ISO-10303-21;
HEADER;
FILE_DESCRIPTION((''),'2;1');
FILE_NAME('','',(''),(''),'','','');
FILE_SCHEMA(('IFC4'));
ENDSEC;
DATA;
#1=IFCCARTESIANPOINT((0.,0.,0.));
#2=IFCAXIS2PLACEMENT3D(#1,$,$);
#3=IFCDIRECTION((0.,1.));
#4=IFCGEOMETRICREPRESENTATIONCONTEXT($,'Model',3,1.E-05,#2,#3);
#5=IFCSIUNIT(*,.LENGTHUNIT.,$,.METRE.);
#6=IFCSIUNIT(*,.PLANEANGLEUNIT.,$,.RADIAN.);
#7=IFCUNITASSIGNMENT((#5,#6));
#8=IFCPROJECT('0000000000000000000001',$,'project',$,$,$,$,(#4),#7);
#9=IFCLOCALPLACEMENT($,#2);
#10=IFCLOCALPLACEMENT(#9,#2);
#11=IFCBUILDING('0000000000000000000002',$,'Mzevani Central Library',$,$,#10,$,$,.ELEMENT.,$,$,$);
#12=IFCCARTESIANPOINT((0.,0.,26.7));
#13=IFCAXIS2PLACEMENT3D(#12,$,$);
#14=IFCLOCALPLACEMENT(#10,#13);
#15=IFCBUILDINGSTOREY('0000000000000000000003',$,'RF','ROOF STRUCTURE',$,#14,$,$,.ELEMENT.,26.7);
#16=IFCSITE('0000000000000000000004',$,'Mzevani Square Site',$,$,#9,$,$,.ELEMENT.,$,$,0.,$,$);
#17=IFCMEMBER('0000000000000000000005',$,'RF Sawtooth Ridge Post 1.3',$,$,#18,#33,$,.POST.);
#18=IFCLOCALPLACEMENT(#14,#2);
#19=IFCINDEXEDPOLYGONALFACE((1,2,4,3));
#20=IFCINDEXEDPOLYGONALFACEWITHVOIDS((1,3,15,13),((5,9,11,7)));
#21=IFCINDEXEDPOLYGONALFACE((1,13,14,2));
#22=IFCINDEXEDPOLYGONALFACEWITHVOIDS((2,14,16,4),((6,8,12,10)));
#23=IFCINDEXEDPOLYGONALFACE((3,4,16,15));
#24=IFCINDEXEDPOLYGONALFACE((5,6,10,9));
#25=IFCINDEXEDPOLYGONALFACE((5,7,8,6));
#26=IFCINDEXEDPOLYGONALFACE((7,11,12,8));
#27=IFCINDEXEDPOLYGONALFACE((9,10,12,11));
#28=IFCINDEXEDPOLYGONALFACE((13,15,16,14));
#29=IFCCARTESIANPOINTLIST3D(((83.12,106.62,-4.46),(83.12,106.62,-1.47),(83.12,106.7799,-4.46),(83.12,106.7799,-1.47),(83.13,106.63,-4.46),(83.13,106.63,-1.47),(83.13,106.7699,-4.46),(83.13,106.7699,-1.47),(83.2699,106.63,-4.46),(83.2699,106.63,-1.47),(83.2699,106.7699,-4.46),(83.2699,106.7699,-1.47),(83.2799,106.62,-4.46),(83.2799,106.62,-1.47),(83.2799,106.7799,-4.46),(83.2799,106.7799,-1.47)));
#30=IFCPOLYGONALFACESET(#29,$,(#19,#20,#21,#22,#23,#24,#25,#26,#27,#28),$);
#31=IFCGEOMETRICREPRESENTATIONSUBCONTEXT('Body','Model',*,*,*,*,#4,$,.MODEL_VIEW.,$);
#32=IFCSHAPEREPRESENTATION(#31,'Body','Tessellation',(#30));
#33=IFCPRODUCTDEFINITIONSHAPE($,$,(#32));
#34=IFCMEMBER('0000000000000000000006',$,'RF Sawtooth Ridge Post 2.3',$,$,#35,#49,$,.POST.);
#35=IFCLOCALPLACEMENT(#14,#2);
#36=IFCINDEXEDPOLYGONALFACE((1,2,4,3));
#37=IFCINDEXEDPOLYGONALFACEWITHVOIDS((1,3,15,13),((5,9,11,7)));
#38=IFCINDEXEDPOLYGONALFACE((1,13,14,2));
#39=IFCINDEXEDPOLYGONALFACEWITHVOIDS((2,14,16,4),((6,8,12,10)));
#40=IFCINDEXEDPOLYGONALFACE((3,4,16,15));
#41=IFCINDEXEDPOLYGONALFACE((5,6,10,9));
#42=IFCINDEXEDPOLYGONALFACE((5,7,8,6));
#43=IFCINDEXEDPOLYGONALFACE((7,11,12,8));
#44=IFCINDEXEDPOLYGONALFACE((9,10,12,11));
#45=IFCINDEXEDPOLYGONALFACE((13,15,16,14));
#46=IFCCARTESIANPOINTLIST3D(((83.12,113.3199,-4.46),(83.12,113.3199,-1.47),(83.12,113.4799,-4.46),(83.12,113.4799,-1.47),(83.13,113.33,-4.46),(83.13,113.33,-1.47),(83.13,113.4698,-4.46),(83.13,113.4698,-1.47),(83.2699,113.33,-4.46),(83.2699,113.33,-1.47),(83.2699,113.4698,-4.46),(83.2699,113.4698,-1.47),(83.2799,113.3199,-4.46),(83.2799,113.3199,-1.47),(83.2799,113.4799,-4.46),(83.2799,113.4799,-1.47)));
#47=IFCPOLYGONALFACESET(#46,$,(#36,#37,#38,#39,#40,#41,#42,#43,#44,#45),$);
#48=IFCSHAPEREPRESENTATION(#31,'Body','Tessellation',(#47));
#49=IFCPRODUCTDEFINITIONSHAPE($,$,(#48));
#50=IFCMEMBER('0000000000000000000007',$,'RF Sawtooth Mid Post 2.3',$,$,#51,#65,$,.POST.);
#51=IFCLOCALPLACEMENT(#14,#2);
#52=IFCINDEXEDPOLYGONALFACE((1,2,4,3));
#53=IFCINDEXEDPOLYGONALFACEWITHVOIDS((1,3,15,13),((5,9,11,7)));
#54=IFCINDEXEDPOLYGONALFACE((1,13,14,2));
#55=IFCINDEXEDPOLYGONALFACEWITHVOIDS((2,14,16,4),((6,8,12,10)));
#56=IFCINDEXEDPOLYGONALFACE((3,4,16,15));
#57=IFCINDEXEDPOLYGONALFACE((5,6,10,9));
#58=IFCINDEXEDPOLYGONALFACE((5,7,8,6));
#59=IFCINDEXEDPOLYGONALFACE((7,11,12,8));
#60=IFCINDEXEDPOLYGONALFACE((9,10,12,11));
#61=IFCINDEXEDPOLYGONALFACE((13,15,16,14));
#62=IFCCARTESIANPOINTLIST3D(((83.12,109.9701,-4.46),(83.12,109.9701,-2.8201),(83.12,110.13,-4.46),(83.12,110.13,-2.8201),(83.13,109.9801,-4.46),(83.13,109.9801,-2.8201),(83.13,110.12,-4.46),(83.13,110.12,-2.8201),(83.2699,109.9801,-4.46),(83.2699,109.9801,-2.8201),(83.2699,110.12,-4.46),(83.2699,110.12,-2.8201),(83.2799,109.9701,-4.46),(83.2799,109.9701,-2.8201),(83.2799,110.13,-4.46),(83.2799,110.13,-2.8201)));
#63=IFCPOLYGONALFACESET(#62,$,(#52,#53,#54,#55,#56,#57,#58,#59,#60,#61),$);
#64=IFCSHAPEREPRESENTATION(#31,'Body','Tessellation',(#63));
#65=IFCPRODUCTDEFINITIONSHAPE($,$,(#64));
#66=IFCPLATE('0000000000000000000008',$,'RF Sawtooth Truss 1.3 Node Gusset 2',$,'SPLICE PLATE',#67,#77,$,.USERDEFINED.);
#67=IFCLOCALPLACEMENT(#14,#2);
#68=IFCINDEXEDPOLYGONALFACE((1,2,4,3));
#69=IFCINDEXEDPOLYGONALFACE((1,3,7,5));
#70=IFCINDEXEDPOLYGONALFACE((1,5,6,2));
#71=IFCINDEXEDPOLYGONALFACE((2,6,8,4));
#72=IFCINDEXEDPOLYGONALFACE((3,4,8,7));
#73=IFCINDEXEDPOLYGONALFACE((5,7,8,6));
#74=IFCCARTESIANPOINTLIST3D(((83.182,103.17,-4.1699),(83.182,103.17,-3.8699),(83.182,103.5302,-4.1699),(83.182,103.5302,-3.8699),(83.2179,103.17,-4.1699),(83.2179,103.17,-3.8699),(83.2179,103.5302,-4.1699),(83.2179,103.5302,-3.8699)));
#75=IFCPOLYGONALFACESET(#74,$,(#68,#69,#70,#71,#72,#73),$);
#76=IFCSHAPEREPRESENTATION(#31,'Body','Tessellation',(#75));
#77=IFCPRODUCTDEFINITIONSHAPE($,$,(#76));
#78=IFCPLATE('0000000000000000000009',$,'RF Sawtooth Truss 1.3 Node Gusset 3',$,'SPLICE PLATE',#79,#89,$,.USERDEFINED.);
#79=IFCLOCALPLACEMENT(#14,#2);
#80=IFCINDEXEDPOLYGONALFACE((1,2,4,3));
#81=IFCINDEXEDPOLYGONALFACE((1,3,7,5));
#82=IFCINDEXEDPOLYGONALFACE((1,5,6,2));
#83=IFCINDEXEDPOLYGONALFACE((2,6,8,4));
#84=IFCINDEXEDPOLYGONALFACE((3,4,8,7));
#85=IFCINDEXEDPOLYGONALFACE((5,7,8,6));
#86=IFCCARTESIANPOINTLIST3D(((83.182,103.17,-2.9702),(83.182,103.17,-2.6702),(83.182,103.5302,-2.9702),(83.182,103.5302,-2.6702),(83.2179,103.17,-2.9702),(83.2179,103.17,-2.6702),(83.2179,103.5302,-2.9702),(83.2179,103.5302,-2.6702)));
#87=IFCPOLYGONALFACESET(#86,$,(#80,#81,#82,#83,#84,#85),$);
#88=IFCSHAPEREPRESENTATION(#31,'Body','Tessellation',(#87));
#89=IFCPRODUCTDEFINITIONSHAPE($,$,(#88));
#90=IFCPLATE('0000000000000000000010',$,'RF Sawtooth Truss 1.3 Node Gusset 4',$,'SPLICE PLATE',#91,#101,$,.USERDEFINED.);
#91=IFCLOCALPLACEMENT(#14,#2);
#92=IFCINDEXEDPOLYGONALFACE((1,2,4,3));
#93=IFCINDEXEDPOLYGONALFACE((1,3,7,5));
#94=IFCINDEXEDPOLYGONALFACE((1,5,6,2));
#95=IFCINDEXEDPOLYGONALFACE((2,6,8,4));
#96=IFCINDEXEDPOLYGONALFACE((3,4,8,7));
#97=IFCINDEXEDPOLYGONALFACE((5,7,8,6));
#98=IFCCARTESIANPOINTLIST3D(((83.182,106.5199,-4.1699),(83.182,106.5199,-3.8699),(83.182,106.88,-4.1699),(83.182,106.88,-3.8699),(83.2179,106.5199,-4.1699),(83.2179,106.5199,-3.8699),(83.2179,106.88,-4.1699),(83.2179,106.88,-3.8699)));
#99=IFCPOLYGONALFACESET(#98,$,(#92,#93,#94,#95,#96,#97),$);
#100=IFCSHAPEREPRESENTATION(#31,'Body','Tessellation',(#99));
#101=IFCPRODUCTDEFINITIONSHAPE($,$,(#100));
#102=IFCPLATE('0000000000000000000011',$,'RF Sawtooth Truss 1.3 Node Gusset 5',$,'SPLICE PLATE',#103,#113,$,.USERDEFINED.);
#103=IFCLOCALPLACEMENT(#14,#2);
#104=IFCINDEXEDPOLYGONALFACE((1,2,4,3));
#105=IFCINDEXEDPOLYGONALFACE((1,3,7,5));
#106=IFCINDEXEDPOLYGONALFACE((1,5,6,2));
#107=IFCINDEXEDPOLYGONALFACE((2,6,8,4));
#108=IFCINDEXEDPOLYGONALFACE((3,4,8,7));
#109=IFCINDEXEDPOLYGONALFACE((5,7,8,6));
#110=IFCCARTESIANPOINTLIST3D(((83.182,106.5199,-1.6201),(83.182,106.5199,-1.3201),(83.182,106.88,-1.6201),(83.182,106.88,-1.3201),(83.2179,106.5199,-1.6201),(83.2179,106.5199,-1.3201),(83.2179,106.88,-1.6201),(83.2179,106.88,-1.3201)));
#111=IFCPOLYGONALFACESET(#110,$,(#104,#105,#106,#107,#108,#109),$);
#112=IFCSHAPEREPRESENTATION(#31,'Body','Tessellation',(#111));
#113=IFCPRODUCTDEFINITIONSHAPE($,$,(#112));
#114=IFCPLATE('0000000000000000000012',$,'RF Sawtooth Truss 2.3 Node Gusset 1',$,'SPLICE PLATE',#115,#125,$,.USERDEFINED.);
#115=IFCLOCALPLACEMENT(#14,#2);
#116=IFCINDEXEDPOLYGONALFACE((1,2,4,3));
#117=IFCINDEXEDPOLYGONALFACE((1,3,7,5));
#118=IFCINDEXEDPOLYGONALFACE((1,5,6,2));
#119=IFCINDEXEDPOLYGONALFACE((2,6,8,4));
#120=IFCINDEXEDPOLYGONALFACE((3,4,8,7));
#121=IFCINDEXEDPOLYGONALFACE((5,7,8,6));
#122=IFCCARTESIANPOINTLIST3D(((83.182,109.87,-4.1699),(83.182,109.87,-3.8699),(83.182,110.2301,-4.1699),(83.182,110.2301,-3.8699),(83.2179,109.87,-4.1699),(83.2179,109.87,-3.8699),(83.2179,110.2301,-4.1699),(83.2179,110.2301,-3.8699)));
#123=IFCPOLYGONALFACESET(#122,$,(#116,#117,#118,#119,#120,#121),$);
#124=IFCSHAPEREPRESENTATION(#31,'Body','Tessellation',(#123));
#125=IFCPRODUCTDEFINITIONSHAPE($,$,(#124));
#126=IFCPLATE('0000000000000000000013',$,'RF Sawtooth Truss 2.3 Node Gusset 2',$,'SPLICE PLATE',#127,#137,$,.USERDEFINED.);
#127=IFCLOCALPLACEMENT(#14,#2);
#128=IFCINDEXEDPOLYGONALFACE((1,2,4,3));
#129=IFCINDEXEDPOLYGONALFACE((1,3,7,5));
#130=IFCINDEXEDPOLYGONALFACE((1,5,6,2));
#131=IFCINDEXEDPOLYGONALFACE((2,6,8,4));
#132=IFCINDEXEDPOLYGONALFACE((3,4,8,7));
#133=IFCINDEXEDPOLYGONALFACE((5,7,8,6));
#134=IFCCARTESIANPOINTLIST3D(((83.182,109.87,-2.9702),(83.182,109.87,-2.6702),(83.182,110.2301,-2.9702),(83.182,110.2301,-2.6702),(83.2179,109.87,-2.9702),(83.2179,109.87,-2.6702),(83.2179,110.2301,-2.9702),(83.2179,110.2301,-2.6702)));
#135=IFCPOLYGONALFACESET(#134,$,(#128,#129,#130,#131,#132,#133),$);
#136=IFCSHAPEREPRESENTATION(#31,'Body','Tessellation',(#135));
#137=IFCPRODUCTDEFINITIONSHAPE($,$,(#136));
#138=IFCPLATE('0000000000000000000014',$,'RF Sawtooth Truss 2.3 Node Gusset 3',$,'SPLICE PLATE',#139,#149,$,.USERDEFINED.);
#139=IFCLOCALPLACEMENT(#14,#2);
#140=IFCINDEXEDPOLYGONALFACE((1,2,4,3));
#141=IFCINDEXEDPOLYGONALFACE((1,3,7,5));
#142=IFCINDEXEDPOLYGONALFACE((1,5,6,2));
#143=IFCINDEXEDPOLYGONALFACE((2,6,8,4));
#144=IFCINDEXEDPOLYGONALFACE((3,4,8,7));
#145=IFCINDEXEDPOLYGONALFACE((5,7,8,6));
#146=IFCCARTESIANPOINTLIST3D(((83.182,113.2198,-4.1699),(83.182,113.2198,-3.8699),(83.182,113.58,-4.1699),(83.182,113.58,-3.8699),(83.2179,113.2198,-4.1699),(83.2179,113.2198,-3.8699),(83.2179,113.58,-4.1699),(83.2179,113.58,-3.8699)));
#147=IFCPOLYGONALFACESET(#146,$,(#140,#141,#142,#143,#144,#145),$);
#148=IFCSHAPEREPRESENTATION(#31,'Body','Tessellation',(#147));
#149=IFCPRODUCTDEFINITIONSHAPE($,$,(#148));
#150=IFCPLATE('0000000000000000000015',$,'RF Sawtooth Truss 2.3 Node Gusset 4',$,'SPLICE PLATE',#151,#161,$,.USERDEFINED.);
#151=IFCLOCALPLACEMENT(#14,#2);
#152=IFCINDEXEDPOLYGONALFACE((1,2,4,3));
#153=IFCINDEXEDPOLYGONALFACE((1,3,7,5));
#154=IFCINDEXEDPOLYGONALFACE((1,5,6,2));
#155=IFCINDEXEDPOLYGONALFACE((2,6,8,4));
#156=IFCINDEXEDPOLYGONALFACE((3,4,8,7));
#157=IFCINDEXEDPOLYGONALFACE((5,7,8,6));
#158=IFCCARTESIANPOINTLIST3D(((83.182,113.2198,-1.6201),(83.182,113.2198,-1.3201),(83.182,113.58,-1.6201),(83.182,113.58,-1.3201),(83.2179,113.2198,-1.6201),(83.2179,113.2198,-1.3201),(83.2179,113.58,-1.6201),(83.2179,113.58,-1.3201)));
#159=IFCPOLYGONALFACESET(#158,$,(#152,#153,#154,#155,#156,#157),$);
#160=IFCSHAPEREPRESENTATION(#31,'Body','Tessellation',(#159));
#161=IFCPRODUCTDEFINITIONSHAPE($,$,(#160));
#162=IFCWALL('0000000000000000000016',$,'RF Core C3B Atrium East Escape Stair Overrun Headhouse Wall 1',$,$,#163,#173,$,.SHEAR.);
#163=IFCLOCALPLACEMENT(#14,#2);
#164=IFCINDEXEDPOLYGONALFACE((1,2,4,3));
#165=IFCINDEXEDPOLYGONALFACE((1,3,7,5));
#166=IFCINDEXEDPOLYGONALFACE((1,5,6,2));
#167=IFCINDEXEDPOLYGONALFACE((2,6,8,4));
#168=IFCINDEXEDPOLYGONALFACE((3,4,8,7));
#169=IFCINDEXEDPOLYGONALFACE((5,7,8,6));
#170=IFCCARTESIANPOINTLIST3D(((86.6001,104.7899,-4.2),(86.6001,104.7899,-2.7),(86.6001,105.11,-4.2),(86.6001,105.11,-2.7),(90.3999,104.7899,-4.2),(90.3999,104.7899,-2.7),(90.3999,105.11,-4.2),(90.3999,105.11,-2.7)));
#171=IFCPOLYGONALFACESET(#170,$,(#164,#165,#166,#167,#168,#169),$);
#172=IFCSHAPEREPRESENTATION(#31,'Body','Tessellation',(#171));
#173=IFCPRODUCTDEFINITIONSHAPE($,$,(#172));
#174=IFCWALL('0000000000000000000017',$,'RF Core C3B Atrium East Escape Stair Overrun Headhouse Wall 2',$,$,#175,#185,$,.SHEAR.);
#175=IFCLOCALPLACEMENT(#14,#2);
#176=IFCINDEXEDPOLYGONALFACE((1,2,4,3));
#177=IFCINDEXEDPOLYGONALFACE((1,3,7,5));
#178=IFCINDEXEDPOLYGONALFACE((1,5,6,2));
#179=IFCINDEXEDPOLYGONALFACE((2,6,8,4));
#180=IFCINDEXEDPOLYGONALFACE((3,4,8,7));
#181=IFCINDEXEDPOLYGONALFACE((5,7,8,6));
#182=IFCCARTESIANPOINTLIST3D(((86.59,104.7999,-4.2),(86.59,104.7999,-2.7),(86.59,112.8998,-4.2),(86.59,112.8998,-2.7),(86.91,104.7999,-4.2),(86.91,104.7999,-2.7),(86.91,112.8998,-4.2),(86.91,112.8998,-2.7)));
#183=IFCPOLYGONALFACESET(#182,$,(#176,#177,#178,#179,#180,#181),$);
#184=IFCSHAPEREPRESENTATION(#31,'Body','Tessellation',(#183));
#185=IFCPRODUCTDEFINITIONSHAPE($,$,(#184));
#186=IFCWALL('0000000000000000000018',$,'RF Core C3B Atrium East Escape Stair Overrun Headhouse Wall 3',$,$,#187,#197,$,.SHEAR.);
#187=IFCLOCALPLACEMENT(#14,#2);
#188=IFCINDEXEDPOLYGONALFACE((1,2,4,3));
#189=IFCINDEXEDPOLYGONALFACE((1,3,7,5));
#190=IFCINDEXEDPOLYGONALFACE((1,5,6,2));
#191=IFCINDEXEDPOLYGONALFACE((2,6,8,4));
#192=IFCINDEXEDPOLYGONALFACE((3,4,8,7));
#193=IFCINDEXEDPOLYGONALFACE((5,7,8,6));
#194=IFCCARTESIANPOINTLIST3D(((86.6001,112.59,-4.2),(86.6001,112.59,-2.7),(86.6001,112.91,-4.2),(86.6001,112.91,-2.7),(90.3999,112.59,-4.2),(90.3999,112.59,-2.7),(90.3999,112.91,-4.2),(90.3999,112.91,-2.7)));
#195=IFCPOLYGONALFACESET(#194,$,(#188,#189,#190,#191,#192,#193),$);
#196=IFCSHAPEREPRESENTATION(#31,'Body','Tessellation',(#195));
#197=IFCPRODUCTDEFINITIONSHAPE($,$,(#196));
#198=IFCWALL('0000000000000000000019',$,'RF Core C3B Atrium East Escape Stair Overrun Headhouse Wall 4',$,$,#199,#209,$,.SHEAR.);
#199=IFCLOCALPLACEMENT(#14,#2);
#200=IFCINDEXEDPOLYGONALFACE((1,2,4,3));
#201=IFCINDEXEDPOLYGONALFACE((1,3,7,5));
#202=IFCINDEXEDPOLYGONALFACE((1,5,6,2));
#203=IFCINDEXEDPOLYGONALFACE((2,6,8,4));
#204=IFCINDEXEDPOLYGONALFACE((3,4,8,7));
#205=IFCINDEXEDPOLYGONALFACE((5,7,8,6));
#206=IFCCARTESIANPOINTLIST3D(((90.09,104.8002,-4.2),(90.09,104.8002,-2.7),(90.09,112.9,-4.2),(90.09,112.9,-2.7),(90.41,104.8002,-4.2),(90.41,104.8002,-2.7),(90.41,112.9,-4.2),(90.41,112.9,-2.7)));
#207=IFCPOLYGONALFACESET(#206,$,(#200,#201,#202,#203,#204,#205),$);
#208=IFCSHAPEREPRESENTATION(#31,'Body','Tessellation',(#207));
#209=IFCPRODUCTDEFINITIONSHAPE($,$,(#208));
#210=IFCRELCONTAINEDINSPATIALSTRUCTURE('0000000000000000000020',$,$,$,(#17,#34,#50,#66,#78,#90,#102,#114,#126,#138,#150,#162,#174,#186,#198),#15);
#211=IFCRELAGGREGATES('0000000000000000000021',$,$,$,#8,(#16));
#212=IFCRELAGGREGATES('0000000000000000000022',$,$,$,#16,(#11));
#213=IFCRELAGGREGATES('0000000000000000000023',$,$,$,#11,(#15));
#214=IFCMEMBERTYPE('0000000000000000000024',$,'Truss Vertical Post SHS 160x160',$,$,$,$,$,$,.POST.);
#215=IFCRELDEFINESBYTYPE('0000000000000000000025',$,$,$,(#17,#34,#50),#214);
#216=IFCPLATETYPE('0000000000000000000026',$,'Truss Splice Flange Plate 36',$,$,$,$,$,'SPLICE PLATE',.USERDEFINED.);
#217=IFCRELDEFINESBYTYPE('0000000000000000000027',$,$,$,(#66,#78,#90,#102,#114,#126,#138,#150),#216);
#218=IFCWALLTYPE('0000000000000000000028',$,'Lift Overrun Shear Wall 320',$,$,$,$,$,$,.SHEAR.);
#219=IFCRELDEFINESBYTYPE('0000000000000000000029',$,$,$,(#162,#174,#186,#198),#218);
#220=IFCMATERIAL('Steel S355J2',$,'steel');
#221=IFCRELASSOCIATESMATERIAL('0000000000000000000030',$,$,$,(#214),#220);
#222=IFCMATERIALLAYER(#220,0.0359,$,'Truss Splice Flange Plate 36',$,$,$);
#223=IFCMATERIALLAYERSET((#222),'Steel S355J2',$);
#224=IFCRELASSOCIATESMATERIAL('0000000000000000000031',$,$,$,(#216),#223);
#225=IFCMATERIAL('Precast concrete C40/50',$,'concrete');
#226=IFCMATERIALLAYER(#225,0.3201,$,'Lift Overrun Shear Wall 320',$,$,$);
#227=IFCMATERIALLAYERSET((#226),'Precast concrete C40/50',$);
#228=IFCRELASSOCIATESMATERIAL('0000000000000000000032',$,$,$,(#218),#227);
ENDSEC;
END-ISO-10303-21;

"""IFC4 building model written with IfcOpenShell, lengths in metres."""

from ifc_helpers import new_model, si_unit, direction, frame, frame_2d, origin, origin_2d, place, context, subcontext, project, spatial, rectangle, hollow_rectangle, extrude, material, layer, layer_set, material_profile, profile_set, type_object, element, save


model = new_model("IFC4")

# Units and contexts
model_context = context("Model", 3, precision=1e-05, world=origin(), true_north=direction((0.0, 1.0)))
body_context = subcontext(model_context, "Body", "Model", "MODEL_VIEW")
ifc_project = project(units=[si_unit("LENGTHUNIT", "METRE"), si_unit("PLANEANGLEUNIT", "RADIAN")], contexts=[model_context])

# Site, building, storey
site_placement = place(None, origin())
site = spatial("IfcSite", under=ifc_project, at=site_placement, Name="Mzevani Square Site", CompositionType="ELEMENT", RefElevation=0.0)
building_placement = place(site_placement, origin())
building = spatial("IfcBuilding", under=site, at=building_placement, Name="Mzevani Central Library", CompositionType="ELEMENT")
storey_placement = place(building_placement, frame((0.0, 0.0, 26.7)))
storey = spatial("IfcBuildingStorey", under=building, at=storey_placement, Name="RF", Description="ROOF STRUCTURE", CompositionType="ELEMENT", Elevation=26.7)

# Shared definitions
ifc_material_1 = material(Name="Precast concrete C40/50", Category="concrete")

# Members
ifc_material_2 = material(Name="Steel S355J2", Category="steel")
ifc_material_profile_1 = material_profile(ifc_material_2, hollow_rectangle(XDim=0.1599, YDim=0.1599, WallThickness=0.01, at=origin_2d()), Name="SHS 160x160x10.0")
ifc_profile_set_1 = profile_set([ifc_material_profile_1], Name="Steel S355J2")
member_type_1 = type_object("IfcMemberType", Name="Truss Vertical Post SHS 160x160", PredefinedType="POST", material=ifc_profile_set_1)
for number, where, z_axis, x_axis, name in (
    (1, (83.2, 106.7, -4.46), (0.0, 0.0, 1.0), (1.0, 0.0, 0.0), "RF Sawtooth Ridge Post 1.3"),
    (2, (83.2, 113.3999, -4.46), (0.0, 0.0, 1.0), (1.0, 0.0, 0.0), "RF Sawtooth Ridge Post 2.3"),
):
    element("IfcMember", number, at=place(storey_placement, frame(where, z_axis=z_axis, x_axis=x_axis)), inside=storey, type_object=member_type_1, Name=name, PredefinedType="POST", context=body_context, shape_type="SweptSolid", body=[
        extrude(hollow_rectangle(XDim=0.1599, YDim=0.1599, WallThickness=0.01, at=origin_2d()), origin(), (0.0, 0.0, 1.0), 2.99),
    ])
member_1_placement = place(storey_placement, frame((83.2, 110.05, -4.46), z_axis=(0.0, 0.0, 1.0), x_axis=(1.0, 0.0, 0.0)))
element("IfcMember", 3, at=member_1_placement, inside=storey, type_object=member_type_1, Name="RF Sawtooth Mid Post 2.3", PredefinedType="POST", context=body_context, shape_type="SweptSolid", body=[
    extrude(hollow_rectangle(XDim=0.1599, YDim=0.1599, WallThickness=0.01, at=origin_2d()), origin(), (0.0, 0.0, 1.0), 1.6399),
])

# Plates
ifc_layer_1 = layer(ifc_material_2, 0.0359, Name="Truss Splice Flange Plate 36")
ifc_layer_set_1 = layer_set([ifc_layer_1], Name="Steel S355J2")
plate_type = type_object("IfcPlateType", Name="Truss Splice Flange Plate 36", ElementType="SPLICE PLATE", PredefinedType="USERDEFINED", material=ifc_layer_set_1)
for number, where, z_axis, x_axis, name in (
    (4, (83.2, 103.3501, -4.1699), (0.0, 0.0, 1.0), (1.0, 0.0, 0.0), "RF Sawtooth Truss 1.3 Node Gusset 2"),
    (5, (83.2, 103.3501, -2.9702), (0.0, 0.0, 1.0), (1.0, 0.0, 0.0), "RF Sawtooth Truss 1.3 Node Gusset 3"),
    (6, (83.2, 106.7, -4.1699), (0.0, 0.0, 1.0), (1.0, 0.0, 0.0), "RF Sawtooth Truss 1.3 Node Gusset 4"),
    (7, (83.2, 106.7, -1.6201), (0.0, 0.0, 1.0), (1.0, 0.0, 0.0), "RF Sawtooth Truss 1.3 Node Gusset 5"),
    (8, (83.2, 110.05, -4.1699), (0.0, 0.0, 1.0), (1.0, 0.0, 0.0), "RF Sawtooth Truss 2.3 Node Gusset 1"),
    (9, (83.2, 110.05, -2.9702), (0.0, 0.0, 1.0), (1.0, 0.0, 0.0), "RF Sawtooth Truss 2.3 Node Gusset 2"),
    (10, (83.2, 113.3999, -4.1699), (0.0, 0.0, 1.0), (1.0, 0.0, 0.0), "RF Sawtooth Truss 2.3 Node Gusset 3"),
    (11, (83.2, 113.3999, -1.6201), (0.0, 0.0, 1.0), (1.0, 0.0, 0.0), "RF Sawtooth Truss 2.3 Node Gusset 4"),
):
    element("IfcPlate", number, at=place(storey_placement, frame(where, z_axis=z_axis, x_axis=x_axis)), inside=storey, type_object=plate_type, Name=name, ObjectType="SPLICE PLATE", PredefinedType="USERDEFINED", context=body_context, shape_type="SweptSolid", body=[
        extrude(rectangle(XDim=0.0359, YDim=0.3601, at=origin_2d()), origin(), (0.0, 0.0, 1.0), 0.3),
    ])

# Walls
ifc_layer_2 = layer(ifc_material_1, 0.3201, Name="Lift Overrun Shear Wall 320")
ifc_layer_set_2 = layer_set([ifc_layer_2], Name="Precast concrete C40/50")
wall_type_1 = type_object("IfcWallType", Name="Lift Overrun Shear Wall 320", PredefinedType="SHEAR", material=ifc_layer_set_2)
wall_1_placement = place(storey_placement, frame((90.3999, 104.95, -4.2), z_axis=(0.0, 0.0, 1.0), x_axis=(-1.0, 0.0, 0.0)))
element("IfcWall", 12, at=wall_1_placement, inside=storey, type_object=wall_type_1, Name="RF Core C3B Atrium East Escape Stair Overrun Headhouse Wall 1", PredefinedType="SHEAR", context=body_context, shape_type="SweptSolid", body=[
    extrude(rectangle(XDim=3.7998, YDim=0.3201, at=frame_2d((1.8999, 0.0))), origin(), (0.0, 0.0, 1.0), 1.5),
])
wall_2_placement = place(storey_placement, frame((86.75, 104.8, -4.2), z_axis=(0.0, 0.0, 1.0), x_axis=(0.0, 1.0, 0.0)))
element("IfcWall", 13, at=wall_2_placement, inside=storey, type_object=wall_type_1, Name="RF Core C3B Atrium East Escape Stair Overrun Headhouse Wall 2", PredefinedType="SHEAR", context=body_context, shape_type="SweptSolid", body=[
    extrude(rectangle(XDim=8.0999, YDim=0.3201, at=frame_2d((4.0498, 0.0))), origin(), (0.0, 0.0, 1.0), 1.5),
])
wall_3_placement = place(storey_placement, frame((86.6001, 112.75, -4.2), z_axis=(0.0, 0.0, 1.0), x_axis=(1.0, 0.0, 0.0)))
element("IfcWall", 14, at=wall_3_placement, inside=storey, type_object=wall_type_1, Name="RF Core C3B Atrium East Escape Stair Overrun Headhouse Wall 3", PredefinedType="SHEAR", context=body_context, shape_type="SweptSolid", body=[
    extrude(rectangle(XDim=3.7998, YDim=0.3201, at=frame_2d((1.8999, 0.0))), origin(), (0.0, 0.0, 1.0), 1.5),
])
wall_4_placement = place(storey_placement, frame((90.25, 112.8999, -4.2), z_axis=(0.0, 0.0, 1.0), x_axis=(0.0, -1.0, 0.0)))
element("IfcWall", 15, at=wall_4_placement, inside=storey, type_object=wall_type_1, Name="RF Core C3B Atrium East Escape Stair Overrun Headhouse Wall 4", PredefinedType="SHEAR", context=body_context, shape_type="SweptSolid", body=[
    extrude(rectangle(XDim=8.0999, YDim=0.3201, at=frame_2d((4.0498, 0.0))), origin(), (0.0, 0.0, 1.0), 1.5),
])

save(model, "model.ifc")
